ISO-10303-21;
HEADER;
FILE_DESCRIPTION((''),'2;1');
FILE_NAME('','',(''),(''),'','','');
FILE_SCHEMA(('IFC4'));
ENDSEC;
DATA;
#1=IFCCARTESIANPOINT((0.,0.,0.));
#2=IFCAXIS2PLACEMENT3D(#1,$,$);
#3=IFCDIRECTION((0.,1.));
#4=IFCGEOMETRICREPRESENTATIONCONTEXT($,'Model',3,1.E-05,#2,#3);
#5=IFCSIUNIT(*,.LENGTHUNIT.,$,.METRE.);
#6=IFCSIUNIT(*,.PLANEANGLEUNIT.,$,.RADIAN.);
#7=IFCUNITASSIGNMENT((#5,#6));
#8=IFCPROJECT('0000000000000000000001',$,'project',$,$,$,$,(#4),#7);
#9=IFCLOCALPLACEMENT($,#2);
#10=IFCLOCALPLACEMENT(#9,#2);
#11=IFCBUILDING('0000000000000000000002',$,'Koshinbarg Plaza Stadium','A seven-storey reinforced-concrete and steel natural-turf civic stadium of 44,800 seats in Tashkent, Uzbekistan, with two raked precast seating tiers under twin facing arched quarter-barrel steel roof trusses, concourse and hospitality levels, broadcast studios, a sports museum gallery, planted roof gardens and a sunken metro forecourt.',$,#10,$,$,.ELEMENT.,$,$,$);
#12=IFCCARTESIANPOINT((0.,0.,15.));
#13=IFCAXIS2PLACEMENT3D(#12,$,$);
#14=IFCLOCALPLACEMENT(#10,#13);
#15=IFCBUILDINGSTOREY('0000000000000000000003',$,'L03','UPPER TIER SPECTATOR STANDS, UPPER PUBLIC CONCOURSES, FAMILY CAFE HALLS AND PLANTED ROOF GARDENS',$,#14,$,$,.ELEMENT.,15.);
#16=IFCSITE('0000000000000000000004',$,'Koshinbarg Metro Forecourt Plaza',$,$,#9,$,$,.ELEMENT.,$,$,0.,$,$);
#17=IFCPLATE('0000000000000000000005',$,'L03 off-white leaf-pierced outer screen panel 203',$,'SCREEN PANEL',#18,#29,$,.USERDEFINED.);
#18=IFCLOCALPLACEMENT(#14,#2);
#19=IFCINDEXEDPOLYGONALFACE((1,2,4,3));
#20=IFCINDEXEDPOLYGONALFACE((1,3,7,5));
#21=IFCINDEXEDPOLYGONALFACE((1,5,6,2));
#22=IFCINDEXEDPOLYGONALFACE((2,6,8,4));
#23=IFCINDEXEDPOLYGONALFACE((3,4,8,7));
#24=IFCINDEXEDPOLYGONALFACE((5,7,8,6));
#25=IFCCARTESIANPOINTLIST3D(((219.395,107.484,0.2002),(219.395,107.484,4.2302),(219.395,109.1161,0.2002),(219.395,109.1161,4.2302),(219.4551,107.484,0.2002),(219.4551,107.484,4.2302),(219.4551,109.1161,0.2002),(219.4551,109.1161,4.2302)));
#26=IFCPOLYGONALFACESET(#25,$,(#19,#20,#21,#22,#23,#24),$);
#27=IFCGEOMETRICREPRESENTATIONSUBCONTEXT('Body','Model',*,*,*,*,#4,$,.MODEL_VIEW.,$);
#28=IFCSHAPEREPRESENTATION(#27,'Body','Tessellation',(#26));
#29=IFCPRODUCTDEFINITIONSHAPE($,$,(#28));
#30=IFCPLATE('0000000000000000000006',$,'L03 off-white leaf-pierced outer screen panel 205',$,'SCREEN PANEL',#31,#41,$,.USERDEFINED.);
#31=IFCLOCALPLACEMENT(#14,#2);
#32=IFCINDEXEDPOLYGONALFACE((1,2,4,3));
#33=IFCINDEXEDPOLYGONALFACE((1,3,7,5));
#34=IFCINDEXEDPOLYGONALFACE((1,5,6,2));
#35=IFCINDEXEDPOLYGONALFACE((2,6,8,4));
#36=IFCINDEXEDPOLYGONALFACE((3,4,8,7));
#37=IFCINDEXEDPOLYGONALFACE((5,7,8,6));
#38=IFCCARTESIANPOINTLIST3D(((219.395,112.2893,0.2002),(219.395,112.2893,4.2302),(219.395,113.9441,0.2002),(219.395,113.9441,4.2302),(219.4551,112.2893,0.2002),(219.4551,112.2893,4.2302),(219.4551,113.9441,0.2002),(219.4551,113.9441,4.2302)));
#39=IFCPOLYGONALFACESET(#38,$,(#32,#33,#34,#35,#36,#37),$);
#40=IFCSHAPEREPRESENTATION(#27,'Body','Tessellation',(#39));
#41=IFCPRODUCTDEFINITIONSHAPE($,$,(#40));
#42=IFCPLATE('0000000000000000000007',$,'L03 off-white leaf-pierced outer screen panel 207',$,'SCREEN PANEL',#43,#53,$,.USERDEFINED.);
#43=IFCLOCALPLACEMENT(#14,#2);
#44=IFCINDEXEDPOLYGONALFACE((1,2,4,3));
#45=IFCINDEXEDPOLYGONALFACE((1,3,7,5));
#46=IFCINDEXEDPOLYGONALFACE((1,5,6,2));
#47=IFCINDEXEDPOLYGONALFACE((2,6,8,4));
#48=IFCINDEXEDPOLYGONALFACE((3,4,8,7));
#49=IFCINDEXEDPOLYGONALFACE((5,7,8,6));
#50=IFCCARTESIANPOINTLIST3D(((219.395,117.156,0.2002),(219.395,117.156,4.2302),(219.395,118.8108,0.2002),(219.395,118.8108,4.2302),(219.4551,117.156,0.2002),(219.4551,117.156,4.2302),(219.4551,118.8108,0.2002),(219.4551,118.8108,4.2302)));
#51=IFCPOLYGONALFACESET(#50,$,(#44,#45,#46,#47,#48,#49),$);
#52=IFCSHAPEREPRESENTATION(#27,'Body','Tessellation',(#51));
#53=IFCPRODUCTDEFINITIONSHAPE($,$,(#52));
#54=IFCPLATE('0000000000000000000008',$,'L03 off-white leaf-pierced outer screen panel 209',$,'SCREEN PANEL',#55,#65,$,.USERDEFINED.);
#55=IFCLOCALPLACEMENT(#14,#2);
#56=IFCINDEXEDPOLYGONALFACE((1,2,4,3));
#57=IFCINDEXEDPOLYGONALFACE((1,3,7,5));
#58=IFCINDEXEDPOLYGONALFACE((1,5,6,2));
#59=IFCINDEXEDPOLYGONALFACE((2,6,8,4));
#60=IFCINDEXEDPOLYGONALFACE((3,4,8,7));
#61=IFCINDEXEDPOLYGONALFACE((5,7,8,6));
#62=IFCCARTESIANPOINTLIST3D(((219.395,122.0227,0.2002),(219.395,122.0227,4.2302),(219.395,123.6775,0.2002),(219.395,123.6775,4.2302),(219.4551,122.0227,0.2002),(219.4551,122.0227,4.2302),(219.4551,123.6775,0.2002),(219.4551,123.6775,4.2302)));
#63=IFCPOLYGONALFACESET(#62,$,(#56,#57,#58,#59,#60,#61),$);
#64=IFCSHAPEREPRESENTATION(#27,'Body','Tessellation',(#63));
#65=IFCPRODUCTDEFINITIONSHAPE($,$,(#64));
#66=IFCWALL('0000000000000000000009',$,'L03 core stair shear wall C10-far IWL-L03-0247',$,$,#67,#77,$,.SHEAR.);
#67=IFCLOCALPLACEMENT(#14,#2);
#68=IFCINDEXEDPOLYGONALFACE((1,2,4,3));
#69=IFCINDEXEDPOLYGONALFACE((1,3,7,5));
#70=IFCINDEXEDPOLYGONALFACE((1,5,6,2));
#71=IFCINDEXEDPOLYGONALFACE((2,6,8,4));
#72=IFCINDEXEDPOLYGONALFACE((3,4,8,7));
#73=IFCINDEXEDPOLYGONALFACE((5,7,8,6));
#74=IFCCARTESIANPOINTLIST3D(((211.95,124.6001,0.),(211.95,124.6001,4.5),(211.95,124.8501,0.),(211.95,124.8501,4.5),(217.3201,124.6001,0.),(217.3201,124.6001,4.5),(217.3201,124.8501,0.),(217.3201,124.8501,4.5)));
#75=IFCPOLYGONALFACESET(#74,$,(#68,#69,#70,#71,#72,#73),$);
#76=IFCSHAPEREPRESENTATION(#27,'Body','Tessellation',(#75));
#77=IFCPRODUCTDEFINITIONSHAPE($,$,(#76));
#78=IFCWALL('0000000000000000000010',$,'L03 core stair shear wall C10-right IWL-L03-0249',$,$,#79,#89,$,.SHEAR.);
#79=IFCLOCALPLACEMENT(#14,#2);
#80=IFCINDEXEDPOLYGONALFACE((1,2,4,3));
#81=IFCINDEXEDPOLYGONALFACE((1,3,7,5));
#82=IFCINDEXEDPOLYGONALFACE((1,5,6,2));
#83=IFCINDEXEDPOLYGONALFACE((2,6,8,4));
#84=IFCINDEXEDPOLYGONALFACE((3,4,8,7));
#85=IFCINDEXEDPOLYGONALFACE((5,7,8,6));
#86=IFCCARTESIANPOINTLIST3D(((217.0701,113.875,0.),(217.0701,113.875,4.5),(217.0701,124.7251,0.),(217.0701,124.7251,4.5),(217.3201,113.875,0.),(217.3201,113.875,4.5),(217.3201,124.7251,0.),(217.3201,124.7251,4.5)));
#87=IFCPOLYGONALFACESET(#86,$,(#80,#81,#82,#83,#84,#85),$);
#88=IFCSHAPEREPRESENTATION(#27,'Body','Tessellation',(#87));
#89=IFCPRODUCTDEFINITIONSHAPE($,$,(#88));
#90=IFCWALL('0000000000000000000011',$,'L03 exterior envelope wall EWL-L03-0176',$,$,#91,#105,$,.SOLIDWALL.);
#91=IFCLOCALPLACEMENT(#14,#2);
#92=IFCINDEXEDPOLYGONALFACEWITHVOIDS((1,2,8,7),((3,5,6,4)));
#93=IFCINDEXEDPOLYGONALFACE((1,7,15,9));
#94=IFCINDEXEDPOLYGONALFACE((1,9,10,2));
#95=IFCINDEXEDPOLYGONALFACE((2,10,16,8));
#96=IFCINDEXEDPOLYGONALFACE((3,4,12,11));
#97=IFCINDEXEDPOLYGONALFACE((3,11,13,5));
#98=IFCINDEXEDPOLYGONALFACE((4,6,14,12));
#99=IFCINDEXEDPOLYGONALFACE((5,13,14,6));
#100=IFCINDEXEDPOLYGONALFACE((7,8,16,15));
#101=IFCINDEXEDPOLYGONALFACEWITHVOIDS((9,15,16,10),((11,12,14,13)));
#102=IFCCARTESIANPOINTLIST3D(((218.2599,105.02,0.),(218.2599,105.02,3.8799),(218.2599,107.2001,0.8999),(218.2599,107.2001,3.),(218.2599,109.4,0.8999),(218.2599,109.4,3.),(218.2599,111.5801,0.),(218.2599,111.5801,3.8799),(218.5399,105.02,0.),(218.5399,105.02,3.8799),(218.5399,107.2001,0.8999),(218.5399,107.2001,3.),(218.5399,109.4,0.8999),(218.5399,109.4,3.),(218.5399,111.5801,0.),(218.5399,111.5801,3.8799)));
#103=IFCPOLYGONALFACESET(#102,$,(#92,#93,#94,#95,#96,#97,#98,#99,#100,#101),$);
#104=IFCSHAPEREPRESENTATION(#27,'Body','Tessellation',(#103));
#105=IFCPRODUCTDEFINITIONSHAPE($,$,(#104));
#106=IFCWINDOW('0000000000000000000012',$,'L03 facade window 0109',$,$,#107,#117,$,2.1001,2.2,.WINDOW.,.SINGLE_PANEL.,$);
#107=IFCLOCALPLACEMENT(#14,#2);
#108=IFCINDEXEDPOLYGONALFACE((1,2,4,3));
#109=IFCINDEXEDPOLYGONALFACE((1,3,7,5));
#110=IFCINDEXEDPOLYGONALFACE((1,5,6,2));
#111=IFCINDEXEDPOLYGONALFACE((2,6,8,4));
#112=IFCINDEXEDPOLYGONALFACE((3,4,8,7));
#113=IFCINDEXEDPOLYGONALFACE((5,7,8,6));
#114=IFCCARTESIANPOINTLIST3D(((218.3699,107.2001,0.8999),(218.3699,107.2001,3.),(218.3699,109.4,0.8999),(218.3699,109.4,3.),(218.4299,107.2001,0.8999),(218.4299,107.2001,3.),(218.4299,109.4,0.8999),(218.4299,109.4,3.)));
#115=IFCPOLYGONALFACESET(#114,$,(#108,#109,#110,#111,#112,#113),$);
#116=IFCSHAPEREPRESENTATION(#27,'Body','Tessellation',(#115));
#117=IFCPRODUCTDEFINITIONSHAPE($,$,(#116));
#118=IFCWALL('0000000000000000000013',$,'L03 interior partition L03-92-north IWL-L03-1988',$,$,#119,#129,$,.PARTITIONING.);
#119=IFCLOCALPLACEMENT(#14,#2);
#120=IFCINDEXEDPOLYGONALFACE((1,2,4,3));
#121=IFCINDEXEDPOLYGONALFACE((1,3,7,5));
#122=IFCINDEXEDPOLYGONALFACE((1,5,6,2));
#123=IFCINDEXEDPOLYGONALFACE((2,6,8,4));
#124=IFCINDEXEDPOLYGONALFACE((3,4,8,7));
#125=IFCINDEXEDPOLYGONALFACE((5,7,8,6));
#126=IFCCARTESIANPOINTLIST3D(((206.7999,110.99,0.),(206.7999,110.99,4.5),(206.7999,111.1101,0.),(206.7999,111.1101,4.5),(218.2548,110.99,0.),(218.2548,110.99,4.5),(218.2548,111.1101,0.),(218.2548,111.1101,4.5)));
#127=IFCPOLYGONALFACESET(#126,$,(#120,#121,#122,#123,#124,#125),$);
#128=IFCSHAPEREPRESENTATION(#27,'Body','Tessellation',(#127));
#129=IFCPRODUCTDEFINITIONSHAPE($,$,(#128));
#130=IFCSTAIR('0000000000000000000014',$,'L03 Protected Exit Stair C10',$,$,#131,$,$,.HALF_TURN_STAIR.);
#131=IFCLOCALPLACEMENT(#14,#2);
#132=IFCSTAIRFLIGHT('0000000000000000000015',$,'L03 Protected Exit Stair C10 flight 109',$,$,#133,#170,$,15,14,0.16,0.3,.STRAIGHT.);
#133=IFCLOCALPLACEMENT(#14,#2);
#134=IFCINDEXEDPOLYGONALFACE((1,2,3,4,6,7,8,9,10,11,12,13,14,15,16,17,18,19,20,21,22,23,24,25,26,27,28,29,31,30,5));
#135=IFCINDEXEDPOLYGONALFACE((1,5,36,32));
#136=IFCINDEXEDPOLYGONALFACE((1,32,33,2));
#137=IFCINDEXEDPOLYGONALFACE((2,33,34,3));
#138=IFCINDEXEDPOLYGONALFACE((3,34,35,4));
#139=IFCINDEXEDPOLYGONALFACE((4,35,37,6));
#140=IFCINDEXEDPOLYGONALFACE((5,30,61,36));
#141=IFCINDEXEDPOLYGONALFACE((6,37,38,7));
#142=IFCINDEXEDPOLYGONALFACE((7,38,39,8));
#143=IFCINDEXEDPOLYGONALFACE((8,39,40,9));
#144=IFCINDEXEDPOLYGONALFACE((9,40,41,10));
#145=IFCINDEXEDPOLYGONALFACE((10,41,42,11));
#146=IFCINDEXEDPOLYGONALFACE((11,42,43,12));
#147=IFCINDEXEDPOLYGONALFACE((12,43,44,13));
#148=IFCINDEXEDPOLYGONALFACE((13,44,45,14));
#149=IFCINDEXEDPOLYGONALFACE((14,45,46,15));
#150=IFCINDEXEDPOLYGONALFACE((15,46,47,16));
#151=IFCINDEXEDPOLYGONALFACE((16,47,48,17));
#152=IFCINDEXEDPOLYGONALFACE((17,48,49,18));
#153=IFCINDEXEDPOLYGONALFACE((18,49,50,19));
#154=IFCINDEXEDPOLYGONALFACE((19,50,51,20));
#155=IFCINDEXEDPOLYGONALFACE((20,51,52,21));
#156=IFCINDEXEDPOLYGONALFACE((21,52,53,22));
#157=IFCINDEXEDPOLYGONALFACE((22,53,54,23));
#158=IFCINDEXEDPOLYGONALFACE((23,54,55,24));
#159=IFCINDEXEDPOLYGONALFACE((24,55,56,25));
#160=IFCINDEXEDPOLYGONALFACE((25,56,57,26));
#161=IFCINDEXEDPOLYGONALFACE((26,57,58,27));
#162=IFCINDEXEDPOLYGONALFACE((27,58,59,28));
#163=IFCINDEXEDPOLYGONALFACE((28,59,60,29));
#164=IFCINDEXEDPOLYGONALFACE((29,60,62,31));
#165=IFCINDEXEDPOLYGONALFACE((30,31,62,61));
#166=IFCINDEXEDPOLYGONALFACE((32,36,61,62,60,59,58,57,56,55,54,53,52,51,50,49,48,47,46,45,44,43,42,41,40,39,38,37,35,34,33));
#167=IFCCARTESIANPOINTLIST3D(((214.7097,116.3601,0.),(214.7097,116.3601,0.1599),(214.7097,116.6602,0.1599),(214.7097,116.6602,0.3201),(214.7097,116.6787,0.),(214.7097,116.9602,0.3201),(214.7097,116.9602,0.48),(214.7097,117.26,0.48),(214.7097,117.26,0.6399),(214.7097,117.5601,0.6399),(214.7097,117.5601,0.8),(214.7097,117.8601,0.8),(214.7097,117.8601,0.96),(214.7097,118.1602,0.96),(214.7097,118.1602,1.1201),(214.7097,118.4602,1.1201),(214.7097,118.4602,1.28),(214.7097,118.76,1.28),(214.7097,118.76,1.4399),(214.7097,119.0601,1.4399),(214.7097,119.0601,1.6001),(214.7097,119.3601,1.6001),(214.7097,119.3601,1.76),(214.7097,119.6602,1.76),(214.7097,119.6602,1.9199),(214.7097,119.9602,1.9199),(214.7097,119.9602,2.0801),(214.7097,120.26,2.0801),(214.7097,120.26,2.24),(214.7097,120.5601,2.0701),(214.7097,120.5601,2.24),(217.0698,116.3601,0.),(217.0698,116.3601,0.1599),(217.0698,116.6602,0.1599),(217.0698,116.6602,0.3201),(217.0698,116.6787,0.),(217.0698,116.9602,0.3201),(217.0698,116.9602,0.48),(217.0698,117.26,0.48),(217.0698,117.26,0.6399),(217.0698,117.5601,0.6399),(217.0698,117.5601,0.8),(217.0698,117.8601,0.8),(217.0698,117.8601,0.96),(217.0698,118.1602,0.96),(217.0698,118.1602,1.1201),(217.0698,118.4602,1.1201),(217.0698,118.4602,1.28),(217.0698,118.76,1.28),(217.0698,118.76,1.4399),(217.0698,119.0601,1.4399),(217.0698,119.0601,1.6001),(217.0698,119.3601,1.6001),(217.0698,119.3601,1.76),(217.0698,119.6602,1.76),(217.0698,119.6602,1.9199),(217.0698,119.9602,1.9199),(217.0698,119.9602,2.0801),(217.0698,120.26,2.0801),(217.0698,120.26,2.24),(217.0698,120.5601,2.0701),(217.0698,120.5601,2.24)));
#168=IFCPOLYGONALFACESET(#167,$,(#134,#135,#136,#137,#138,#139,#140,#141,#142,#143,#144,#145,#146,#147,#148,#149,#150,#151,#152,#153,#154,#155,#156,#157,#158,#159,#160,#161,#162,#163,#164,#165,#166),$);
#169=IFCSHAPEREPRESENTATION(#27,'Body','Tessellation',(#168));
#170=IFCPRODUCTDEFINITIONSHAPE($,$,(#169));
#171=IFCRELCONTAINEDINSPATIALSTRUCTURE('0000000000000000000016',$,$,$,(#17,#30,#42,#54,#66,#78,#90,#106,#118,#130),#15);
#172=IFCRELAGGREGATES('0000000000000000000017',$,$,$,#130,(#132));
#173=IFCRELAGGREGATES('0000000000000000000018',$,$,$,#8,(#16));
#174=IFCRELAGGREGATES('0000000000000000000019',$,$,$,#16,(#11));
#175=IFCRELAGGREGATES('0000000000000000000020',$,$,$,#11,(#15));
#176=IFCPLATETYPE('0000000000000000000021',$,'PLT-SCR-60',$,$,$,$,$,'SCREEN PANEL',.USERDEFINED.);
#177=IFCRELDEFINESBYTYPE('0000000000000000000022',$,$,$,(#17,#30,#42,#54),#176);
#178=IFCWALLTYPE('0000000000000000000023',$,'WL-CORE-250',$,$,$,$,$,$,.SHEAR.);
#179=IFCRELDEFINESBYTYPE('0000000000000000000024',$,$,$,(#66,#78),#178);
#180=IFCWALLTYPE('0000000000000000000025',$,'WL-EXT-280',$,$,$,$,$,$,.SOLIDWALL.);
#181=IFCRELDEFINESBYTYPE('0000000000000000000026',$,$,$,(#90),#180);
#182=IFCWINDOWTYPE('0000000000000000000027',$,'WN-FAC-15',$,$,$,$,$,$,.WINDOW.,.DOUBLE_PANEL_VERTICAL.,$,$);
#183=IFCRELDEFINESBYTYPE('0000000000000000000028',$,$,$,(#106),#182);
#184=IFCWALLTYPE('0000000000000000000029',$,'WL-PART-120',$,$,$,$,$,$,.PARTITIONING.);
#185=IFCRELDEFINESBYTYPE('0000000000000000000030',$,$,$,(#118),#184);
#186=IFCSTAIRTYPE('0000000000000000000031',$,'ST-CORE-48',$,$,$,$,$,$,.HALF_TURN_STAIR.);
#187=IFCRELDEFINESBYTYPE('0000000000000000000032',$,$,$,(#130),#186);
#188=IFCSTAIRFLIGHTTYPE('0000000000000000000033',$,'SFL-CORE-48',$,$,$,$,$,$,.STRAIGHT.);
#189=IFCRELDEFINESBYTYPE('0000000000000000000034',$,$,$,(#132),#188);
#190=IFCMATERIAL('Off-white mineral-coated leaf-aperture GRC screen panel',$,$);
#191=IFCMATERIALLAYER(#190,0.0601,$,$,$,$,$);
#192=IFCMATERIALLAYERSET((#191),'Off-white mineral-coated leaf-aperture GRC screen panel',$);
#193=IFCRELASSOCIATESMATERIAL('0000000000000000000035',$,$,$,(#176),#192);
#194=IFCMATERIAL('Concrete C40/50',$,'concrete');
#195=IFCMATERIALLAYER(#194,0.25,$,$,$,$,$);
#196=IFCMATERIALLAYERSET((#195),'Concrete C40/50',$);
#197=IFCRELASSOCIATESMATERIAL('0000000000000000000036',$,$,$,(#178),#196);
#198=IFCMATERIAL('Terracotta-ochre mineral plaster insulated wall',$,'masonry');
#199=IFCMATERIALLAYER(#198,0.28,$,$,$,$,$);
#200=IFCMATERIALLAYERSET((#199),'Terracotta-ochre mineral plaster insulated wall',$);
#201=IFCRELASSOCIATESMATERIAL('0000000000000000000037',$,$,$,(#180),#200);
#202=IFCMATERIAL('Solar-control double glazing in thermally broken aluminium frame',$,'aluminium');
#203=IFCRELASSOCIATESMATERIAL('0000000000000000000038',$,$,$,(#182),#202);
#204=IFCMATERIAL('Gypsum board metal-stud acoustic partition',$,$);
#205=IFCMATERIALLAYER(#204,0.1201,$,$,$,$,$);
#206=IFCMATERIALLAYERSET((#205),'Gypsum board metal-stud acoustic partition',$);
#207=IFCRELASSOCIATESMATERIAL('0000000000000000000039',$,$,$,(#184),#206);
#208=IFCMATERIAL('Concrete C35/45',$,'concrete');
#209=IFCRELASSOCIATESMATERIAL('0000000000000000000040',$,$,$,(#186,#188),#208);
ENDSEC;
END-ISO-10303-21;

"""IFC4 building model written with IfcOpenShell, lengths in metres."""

from ifc_helpers import new_model, si_unit, direction, frame, frame_2d, origin, origin_2d, place, context, subcontext, project, spatial, polyline, rectangle, outline, extrude, material, layer, layer_set, type_object, element, fill, aggregate, save


model = new_model("IFC4")

# Units and contexts
model_context = context("Model", 3, precision=1e-05, world=origin(), true_north=direction((0.0, 1.0)))
body_context = subcontext(model_context, "Body", "Model", "MODEL_VIEW")
ifc_project = project(units=[si_unit("LENGTHUNIT", "METRE"), si_unit("PLANEANGLEUNIT", "RADIAN")], contexts=[model_context])

# Site, building, storey
site_placement = place(None, origin())
site = spatial("IfcSite", under=ifc_project, at=site_placement, Name="Koshinbarg Metro Forecourt Plaza", CompositionType="ELEMENT", RefElevation=0.0)
building_placement = place(site_placement, origin())
building = spatial("IfcBuilding", under=site, at=building_placement, Name="Koshinbarg Plaza Stadium", Description="A seven-storey reinforced-concrete and steel natural-turf civic stadium of 44,800 seats in Tashkent, Uzbekistan, with two raked precast seating tiers under twin facing arched quarter-barrel steel roof trusses, concourse and hospitality levels, broadcast studios, a sports museum gallery, planted roof gardens and a sunken metro forecourt.", CompositionType="ELEMENT")
storey_placement = place(building_placement, frame((0.0, 0.0, 15.0)))
storey = spatial("IfcBuildingStorey", under=building, at=storey_placement, Name="L03", Description="UPPER TIER SPECTATOR STANDS, UPPER PUBLIC CONCOURSES, FAMILY CAFE HALLS AND PLANTED ROOF GARDENS", CompositionType="ELEMENT", Elevation=15.0)

# Shared definitions
ifc_material_1 = material(Name="Concrete C40/50", Category="concrete")

# Plates
ifc_material_2 = material(Name="Off-white mineral-coated leaf-aperture GRC screen panel")
ifc_layer_1 = layer(ifc_material_2, 0.0601)
ifc_layer_set_1 = layer_set([ifc_layer_1], Name="Off-white mineral-coated leaf-aperture GRC screen panel")
plate_type_1 = type_object("IfcPlateType", Name="PLT-SCR-60", ElementType="SCREEN PANEL", PredefinedType="USERDEFINED", material=ifc_layer_set_1)
plate_1_placement = place(storey_placement, frame((219.425, 108.3, 0.2002), z_axis=(0.0, 0.0, 1.0), x_axis=(1.0, 0.0, 0.0)))
element("IfcPlate", 1, at=plate_1_placement, inside=storey, type_object=plate_type_1, Name="L03 off-white leaf-pierced outer screen panel 203", ObjectType="SCREEN PANEL", PredefinedType="USERDEFINED", context=body_context, shape_type="SweptSolid", body=[
    extrude(rectangle(XDim=0.0601, YDim=1.6321, at=origin_2d()), origin(), (0.0, 0.0, 1.0), 4.03),
])
for number, where, z_axis, x_axis, name in (
    (2, (219.425, 113.1167, 0.2002), (0.0, 0.0, 1.0), (1.0, 0.0, 0.0), "L03 off-white leaf-pierced outer screen panel 205"),
    (3, (219.425, 117.9834, 0.2002), (0.0, 0.0, 1.0), (1.0, 0.0, 0.0), "L03 off-white leaf-pierced outer screen panel 207"),
    (4, (219.425, 122.8501, 0.2002), (0.0, 0.0, 1.0), (1.0, 0.0, 0.0), "L03 off-white leaf-pierced outer screen panel 209"),
):
    element("IfcPlate", number, at=place(storey_placement, frame(where, z_axis=z_axis, x_axis=x_axis)), inside=storey, type_object=plate_type_1, Name=name, ObjectType="SCREEN PANEL", PredefinedType="USERDEFINED", context=body_context, shape_type="SweptSolid", body=[
        extrude(rectangle(XDim=0.0601, YDim=1.6548, at=origin_2d()), origin(), (0.0, 0.0, 1.0), 4.03),
    ])

# Walls
ifc_layer_2 = layer(ifc_material_1, 0.25)
ifc_layer_set_2 = layer_set([ifc_layer_2], Name="Concrete C40/50")
wall_type_1 = type_object("IfcWallType", Name="WL-CORE-250", PredefinedType="SHEAR", material=ifc_layer_set_2)
wall_1_placement = place(storey_placement, frame((217.3201, 124.7251, 0.0), z_axis=(0.0, 0.0, 1.0), x_axis=(-1.0, 0.0, 0.0)))
element("IfcWall", 5, at=wall_1_placement, inside=storey, type_object=wall_type_1, Name="L03 core stair shear wall C10-far IWL-L03-0247", PredefinedType="SHEAR", context=body_context, shape_type="SweptSolid", body=[
    extrude(rectangle(XDim=5.3701, YDim=0.25, at=frame_2d((2.6851, 0.0))), origin(), (0.0, 0.0, 1.0), 4.5),
])
wall_2_placement = place(storey_placement, frame((217.1951, 113.875, 0.0), z_axis=(0.0, 0.0, 1.0), x_axis=(0.0, 1.0, 0.0)))
element("IfcWall", 6, at=wall_2_placement, inside=storey, type_object=wall_type_1, Name="L03 core stair shear wall C10-right IWL-L03-0249", PredefinedType="SHEAR", context=body_context, shape_type="SweptSolid", body=[
    extrude(rectangle(XDim=10.8501, YDim=0.25, at=frame_2d((5.425, 0.0))), origin(), (0.0, 0.0, 1.0), 4.5),
])

# Wall, opening, window
ifc_material_3 = material(Name="Terracotta-ochre mineral plaster insulated wall", Category="masonry")
ifc_layer_3 = layer(ifc_material_3, 0.28)
ifc_layer_set_3 = layer_set([ifc_layer_3], Name="Terracotta-ochre mineral plaster insulated wall")
wall_type_2 = type_object("IfcWallType", Name="WL-EXT-280", PredefinedType="SOLIDWALL", material=ifc_layer_set_3)
wall_3_placement = place(storey_placement, frame((218.3999, 111.5801, 0.0), z_axis=(0.0, 0.0, 1.0), x_axis=(0.0, -1.0, 0.0)))
wall_3 = element("IfcWall", 7, at=wall_3_placement, inside=storey, type_object=wall_type_2, Name="L03 exterior envelope wall EWL-L03-0176", PredefinedType="SOLIDWALL", context=body_context, shape_type="SweptSolid", body=[
    extrude(rectangle(XDim=6.5601, YDim=0.28, at=frame_2d((3.28, 0.0))), origin(), (0.0, 0.0, 1.0), 3.8799),
])
opening_placement = place(wall_3_placement, frame((2.1799, 0.0, 0.8999)))
opening = element("IfcOpeningElement", 8, at=opening_placement, cuts=wall_3, PredefinedType="OPENING", context=body_context, shape_type="SweptSolid", body=[
    extrude(rectangle(XDim=2.2, YDim=2.1001, at=frame_2d((1.1001, 1.05))), frame((0.0, 0.1499, 0.0), z_axis=(0.0, -1.0, 0.0), x_axis=(1.0, 0.0, 0.0)), (0.0, 0.0, 1.0), 0.3),
])
ifc_material_4 = material(Name="Solar-control double glazing in thermally broken aluminium frame", Category="aluminium")
window_type = type_object("IfcWindowType", Name="WN-FAC-15", PartitioningType="DOUBLE_PANEL_VERTICAL", PredefinedType="WINDOW", material=ifc_material_4)
window_placement = place(opening_placement, origin())
window = element("IfcWindow", 9, at=window_placement, inside=storey, type_object=window_type, Name="L03 facade window 0109", OverallHeight=2.1001, OverallWidth=2.2, PartitioningType="SINGLE_PANEL", PredefinedType="WINDOW", context=body_context, shape_type="SweptSolid", body=[
    extrude(rectangle(XDim=2.2, YDim=2.1001, at=frame_2d((1.1001, 1.05))), frame((0.0, 0.03, 0.0), z_axis=(0.0, -1.0, 0.0), x_axis=(1.0, 0.0, 0.0)), (0.0, 0.0, 1.0), 0.0601),
])
fill(opening, window)

# Wall
ifc_material_5 = material(Name="Gypsum board metal-stud acoustic partition")
ifc_layer_4 = layer(ifc_material_5, 0.1201)
ifc_layer_set_4 = layer_set([ifc_layer_4], Name="Gypsum board metal-stud acoustic partition")
wall_type_3 = type_object("IfcWallType", Name="WL-PART-120", PredefinedType="PARTITIONING", material=ifc_layer_set_4)
wall_4_placement = place(storey_placement, frame((218.2549, 111.05, 0.0), z_axis=(0.0, 0.0, 1.0), x_axis=(-1.0, 0.0, 0.0)))
element("IfcWall", 10, at=wall_4_placement, inside=storey, type_object=wall_type_3, Name="L03 interior partition L03-92-north IWL-L03-1988", PredefinedType="PARTITIONING", context=body_context, shape_type="SweptSolid", body=[
    extrude(rectangle(XDim=11.4548, YDim=0.1201, at=frame_2d((5.7275, 0.0))), origin(), (0.0, 0.0, 1.0), 4.5),
])

# Stair, stair flight
ifc_material_6 = material(Name="Concrete C35/45", Category="concrete")
stair_type = type_object("IfcStairType", Name="ST-CORE-48", PredefinedType="HALF_TURN_STAIR", material=ifc_material_6)
stair_placement = place(storey_placement, origin())
stair = element("IfcStair", 11, at=stair_placement, inside=storey, type_object=stair_type, Name="L03 Protected Exit Stair C10", PredefinedType="HALF_TURN_STAIR")
stair_flight_type = type_object("IfcStairFlightType", Name="SFL-CORE-48", PredefinedType="STRAIGHT", material=ifc_material_6)
stair_flight_placement = place(storey_placement, frame((215.8899, 116.3601, 0.0), z_axis=(0.0, 0.0, 1.0), x_axis=(0.0, 1.0, 0.0)))
stair_flight = element("IfcStairFlight", 12, at=stair_flight_placement, type_object=stair_flight_type, Name="L03 Protected Exit Stair C10 flight 109", NumberOfRisers=15, NumberOfTreads=14, PredefinedType="STRAIGHT", RiserHeight=0.16, TreadLength=0.3, context=body_context, shape_type="SweptSolid", body=[
    extrude(outline(polyline([(0.0, 0.0), (0.0, 0.1599), (0.3, 0.1599), (0.3, 0.3201), (0.6001, 0.3201), (0.6001, 0.48), (0.8999, 0.48), (0.8999, 0.6399), (1.2, 0.6399), (1.2, 0.8), (1.5, 0.8), (1.5, 0.96), (1.8, 0.96), (1.8, 1.1201), (2.1001, 1.1201), (2.1001, 1.28), (2.3999, 1.28), (2.3999, 1.4399), (2.7, 1.4399), (2.7, 1.6001), (3.0, 1.6001), (3.0, 1.76), (3.3, 1.76), (3.3, 1.9199), (3.6001, 1.9199), (3.6001, 2.0801), (3.8999, 2.0801), (3.8999, 2.24), (4.2, 2.24), (4.2, 2.3999), (4.2, 2.0701), (0.3186, 0.0), (0.0, 0.0)])), frame((0.0, 1.1802, 0.0), z_axis=(0.0, -1.0, 0.0), x_axis=(1.0, 0.0, 0.0)), (0.0, 0.0, 1.0), 2.3601),
])
aggregate(stair, [stair_flight])

save(model, "model.ifc")
